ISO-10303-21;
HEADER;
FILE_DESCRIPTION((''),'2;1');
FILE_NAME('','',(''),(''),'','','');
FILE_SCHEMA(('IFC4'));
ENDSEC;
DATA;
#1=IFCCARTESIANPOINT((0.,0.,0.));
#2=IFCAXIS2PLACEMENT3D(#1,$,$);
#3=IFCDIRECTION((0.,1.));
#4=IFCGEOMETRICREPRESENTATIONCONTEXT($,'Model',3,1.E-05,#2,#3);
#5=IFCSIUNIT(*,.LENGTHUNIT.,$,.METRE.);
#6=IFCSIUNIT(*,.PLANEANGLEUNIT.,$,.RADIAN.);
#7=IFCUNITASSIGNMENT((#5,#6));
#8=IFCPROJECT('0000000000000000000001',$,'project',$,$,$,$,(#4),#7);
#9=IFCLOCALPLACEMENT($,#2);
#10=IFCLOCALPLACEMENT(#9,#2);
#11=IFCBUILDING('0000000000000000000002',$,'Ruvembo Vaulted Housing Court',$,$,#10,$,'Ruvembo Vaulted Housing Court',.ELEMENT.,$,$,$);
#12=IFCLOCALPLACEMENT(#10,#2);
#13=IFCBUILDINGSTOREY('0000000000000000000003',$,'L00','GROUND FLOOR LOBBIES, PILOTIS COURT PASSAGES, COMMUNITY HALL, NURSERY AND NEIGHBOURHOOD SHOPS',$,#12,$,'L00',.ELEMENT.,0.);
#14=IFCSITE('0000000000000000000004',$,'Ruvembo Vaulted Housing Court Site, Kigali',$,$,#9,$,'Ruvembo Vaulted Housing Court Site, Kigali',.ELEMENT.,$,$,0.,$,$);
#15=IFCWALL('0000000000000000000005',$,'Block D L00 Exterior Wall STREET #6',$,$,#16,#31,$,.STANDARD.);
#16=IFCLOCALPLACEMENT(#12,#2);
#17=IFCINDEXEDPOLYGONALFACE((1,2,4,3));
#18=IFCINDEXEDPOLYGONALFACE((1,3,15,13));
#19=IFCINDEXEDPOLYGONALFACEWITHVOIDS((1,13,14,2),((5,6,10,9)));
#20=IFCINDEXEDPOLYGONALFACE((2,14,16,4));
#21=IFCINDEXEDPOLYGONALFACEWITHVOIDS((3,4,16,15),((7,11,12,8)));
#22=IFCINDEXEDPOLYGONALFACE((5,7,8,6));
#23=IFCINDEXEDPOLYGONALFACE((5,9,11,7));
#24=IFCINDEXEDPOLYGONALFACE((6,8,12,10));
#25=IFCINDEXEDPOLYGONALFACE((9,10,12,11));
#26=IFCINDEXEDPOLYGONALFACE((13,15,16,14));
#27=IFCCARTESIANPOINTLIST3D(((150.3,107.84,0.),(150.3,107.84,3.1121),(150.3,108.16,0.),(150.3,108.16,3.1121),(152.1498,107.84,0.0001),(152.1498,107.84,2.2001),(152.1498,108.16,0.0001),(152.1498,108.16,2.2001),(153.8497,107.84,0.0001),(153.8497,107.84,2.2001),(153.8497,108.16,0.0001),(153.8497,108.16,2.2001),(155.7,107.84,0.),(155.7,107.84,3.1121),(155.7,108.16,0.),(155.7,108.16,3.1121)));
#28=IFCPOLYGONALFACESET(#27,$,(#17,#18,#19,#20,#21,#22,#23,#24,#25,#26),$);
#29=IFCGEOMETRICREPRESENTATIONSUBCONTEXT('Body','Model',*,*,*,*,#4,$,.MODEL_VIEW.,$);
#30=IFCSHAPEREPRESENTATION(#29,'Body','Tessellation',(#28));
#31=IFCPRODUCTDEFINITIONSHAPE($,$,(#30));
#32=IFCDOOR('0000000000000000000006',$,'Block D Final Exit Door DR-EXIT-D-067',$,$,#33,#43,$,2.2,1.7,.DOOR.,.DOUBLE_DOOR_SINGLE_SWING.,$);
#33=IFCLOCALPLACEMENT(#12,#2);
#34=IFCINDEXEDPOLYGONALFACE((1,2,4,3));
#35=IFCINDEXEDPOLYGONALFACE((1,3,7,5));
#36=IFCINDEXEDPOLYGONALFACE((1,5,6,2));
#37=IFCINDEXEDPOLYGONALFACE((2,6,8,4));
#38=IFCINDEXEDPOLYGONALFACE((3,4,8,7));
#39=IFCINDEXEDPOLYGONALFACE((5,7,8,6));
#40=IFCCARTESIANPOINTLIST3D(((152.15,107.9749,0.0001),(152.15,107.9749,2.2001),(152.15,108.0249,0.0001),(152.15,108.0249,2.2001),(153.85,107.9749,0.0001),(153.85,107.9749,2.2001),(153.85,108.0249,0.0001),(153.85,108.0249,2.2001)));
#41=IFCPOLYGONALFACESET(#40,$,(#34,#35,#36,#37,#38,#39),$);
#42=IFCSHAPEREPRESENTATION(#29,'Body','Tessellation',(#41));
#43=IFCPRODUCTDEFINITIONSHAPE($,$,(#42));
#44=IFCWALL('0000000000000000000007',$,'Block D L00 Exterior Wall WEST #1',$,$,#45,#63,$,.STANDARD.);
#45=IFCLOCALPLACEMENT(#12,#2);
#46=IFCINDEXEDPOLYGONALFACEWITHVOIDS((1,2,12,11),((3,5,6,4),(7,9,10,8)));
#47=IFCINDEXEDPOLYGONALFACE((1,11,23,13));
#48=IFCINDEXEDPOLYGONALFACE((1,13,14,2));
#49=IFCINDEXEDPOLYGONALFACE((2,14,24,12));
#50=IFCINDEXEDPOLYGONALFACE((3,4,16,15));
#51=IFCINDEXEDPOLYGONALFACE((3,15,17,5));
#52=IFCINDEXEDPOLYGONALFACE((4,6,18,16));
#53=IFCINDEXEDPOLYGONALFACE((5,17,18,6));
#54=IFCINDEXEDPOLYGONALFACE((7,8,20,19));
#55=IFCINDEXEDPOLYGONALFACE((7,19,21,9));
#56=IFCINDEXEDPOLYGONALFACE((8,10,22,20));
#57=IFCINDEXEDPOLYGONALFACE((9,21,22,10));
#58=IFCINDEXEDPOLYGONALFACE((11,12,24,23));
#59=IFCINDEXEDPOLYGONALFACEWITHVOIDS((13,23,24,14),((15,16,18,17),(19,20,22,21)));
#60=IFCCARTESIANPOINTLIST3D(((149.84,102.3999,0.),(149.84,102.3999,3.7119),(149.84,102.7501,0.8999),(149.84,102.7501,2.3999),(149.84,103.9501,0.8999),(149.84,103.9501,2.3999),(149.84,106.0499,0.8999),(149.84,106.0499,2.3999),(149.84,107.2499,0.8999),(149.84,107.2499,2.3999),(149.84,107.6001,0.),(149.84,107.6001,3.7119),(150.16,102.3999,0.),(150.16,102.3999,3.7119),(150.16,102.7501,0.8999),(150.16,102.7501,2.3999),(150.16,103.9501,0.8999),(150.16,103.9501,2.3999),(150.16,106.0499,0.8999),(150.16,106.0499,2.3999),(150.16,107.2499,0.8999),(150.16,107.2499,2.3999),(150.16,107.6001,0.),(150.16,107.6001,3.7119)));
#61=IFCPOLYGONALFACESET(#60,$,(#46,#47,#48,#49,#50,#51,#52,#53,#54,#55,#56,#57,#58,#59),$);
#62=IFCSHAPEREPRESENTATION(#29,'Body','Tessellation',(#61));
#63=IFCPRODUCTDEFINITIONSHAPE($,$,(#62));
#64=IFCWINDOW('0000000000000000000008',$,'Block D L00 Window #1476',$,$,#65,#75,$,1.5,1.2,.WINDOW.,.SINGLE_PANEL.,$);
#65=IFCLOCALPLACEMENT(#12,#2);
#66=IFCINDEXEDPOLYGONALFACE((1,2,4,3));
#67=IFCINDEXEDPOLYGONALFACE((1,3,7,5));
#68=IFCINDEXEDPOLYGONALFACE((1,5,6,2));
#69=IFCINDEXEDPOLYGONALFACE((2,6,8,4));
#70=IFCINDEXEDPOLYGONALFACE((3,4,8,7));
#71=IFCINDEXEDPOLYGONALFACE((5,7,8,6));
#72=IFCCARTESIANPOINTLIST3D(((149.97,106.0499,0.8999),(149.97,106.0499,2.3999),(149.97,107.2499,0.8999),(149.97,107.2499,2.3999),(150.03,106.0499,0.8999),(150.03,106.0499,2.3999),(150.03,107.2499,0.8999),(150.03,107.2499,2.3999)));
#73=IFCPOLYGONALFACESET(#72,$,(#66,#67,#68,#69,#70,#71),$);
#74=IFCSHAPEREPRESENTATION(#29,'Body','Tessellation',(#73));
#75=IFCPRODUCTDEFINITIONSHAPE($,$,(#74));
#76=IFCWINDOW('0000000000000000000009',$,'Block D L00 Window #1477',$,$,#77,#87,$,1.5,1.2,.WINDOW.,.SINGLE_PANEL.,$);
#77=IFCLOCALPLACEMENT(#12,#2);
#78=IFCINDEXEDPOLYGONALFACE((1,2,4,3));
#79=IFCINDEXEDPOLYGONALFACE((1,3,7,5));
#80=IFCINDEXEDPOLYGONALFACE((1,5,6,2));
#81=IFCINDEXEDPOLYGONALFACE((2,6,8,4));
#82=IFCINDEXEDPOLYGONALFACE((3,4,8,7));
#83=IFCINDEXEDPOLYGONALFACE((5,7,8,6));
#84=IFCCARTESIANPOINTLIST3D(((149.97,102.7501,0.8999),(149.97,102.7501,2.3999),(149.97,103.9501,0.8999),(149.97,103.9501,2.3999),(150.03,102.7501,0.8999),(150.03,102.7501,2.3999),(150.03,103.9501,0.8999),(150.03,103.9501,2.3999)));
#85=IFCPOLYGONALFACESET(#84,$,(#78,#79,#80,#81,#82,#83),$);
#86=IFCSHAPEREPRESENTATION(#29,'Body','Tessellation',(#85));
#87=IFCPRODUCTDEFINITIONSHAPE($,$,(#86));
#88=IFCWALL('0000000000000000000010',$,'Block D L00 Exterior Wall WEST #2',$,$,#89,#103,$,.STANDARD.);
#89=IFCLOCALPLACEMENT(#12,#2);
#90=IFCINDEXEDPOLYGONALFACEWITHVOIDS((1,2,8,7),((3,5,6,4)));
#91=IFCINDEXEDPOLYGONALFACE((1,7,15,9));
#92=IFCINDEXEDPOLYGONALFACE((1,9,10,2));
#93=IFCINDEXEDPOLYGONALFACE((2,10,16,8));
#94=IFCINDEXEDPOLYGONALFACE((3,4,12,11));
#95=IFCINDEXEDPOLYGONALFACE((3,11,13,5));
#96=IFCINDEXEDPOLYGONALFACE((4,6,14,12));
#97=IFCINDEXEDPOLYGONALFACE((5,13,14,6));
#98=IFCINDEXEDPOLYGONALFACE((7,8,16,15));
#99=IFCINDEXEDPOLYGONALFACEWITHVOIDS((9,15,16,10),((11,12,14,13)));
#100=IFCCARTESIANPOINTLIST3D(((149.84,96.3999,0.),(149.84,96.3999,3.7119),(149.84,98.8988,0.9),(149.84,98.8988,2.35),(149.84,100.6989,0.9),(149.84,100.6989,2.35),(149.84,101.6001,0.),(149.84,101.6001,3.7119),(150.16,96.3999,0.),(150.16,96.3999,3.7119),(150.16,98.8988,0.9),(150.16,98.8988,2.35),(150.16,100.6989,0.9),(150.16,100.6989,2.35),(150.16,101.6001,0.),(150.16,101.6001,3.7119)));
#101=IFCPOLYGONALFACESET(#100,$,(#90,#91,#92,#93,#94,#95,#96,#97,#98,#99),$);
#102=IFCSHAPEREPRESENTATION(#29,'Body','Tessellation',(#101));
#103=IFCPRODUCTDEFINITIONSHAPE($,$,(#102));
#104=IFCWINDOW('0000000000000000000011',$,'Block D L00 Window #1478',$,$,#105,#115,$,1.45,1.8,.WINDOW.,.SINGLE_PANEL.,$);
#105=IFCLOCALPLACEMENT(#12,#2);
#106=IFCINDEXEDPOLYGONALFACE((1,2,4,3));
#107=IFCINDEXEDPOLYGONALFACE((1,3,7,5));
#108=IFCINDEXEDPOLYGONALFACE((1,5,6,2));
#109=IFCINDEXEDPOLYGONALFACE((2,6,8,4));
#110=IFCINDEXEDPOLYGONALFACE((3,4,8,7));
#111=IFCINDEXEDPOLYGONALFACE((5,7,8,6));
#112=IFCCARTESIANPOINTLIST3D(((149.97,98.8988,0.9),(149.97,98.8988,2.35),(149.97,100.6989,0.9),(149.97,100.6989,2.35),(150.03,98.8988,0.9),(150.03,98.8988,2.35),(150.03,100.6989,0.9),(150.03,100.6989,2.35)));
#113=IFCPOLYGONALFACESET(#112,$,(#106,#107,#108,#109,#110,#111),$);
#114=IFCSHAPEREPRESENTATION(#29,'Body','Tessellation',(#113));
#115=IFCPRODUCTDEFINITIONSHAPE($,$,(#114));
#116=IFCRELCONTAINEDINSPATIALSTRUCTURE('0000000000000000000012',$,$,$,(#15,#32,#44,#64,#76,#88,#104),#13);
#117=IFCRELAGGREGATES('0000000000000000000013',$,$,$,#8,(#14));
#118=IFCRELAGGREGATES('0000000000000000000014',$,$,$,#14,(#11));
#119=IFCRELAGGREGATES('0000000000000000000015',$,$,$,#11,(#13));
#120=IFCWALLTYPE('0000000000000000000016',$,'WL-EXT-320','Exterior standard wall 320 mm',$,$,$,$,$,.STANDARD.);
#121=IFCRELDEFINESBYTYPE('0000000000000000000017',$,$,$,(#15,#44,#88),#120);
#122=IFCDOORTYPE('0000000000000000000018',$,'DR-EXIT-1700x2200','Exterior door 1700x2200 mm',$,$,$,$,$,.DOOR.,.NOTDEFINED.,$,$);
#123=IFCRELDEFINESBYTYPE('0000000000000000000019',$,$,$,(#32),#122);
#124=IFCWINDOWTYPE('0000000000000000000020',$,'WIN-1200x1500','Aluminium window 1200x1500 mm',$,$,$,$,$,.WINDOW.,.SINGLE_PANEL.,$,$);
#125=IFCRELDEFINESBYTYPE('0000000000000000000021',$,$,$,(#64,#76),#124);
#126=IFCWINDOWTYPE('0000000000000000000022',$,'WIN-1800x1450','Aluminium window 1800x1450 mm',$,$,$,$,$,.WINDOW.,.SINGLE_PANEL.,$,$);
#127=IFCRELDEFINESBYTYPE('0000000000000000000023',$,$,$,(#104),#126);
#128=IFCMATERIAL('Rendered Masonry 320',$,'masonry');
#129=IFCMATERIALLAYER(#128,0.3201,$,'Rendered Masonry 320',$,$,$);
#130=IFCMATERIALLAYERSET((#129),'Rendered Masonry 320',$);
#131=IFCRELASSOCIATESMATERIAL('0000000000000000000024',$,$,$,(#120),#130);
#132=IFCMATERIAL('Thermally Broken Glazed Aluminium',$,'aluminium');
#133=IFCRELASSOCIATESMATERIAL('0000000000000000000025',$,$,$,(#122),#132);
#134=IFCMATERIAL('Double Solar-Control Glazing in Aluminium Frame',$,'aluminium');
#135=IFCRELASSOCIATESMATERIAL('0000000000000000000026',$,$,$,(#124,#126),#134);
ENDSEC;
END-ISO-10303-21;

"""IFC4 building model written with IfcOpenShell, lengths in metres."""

from ifc_helpers import new_model, si_unit, direction, frame, frame_2d, origin, place, context, subcontext, project, spatial, rectangle, extrude, material, layer, layer_set, type_object, element, fill, save


model = new_model("IFC4")

# Units and contexts
model_context = context("Model", 3, precision=1e-05, world=origin(), true_north=direction((0.0, 1.0)))
body_context = subcontext(model_context, "Body", "Model", "MODEL_VIEW")
ifc_project = project(units=[si_unit("LENGTHUNIT", "METRE"), si_unit("PLANEANGLEUNIT", "RADIAN")], contexts=[model_context])

# Site, building, storey
site_placement = place(None, origin())
site = spatial("IfcSite", under=ifc_project, at=site_placement, Name="Ruvembo Vaulted Housing Court Site, Kigali", LongName="Ruvembo Vaulted Housing Court Site, Kigali", CompositionType="ELEMENT", RefElevation=0.0)
building_placement = place(site_placement, origin())
building = spatial("IfcBuilding", under=site, at=building_placement, Name="Ruvembo Vaulted Housing Court", LongName="Ruvembo Vaulted Housing Court", CompositionType="ELEMENT")
storey_placement = place(building_placement, origin())
storey = spatial("IfcBuildingStorey", under=building, at=storey_placement, Name="L00", Description="GROUND FLOOR LOBBIES, PILOTIS COURT PASSAGES, COMMUNITY HALL, NURSERY AND NEIGHBOURHOOD SHOPS", LongName="L00", CompositionType="ELEMENT", Elevation=0.0)

# Wall, opening, door
ifc_material_1 = material(Name="Rendered Masonry 320", Category="masonry")
ifc_layer = layer(ifc_material_1, 0.3201, Name="Rendered Masonry 320")
ifc_layer_set = layer_set([ifc_layer], Name="Rendered Masonry 320")
wall_type = type_object("IfcWallType", Name="WL-EXT-320", Description="Exterior standard wall 320 mm", PredefinedType="STANDARD", material=ifc_layer_set)
wall_1_placement = place(storey_placement, frame((155.7, 108.0, 0.0), z_axis=(0.0, 0.0, 1.0), x_axis=(-1.0, 0.0, 0.0)))
wall_1 = element("IfcWall", 1, at=wall_1_placement, inside=storey, type_object=wall_type, Name="Block D L00 Exterior Wall STREET #6", PredefinedType="STANDARD", context=body_context, shape_type="SweptSolid", body=[
    extrude(rectangle(XDim=5.3999, YDim=0.3201, at=frame_2d((2.7, 0.0))), origin(), (0.0, 0.0, 1.0), 3.1121),
])
opening_1_placement = place(wall_1_placement, frame((1.8501, 0.0, 0.0)))
opening_1 = element("IfcOpeningElement", 2, at=opening_1_placement, cuts=wall_1, PredefinedType="OPENING", context=body_context, shape_type="SweptSolid", body=[
    extrude(rectangle(XDim=1.7, YDim=2.2, at=frame_2d((0.8501, 1.1001))), frame((0.0, 0.1699, 0.0), z_axis=(0.0, -1.0, 0.0), x_axis=(1.0, 0.0, 0.0)), (0.0, 0.0, 1.0), 0.3401),
])
ifc_material_2 = material(Name="Thermally Broken Glazed Aluminium", Category="aluminium")
door_type = type_object("IfcDoorType", Name="DR-EXIT-1700x2200", Description="Exterior door 1700x2200 mm", OperationType="NOTDEFINED", PredefinedType="DOOR", material=ifc_material_2)
door_placement = place(opening_1_placement, frame((1.7, 0.0, 0.0), z_axis=(0.0, 0.0, 1.0), x_axis=(-1.0, 0.0, 0.0)))
door = element("IfcDoor", 3, at=door_placement, inside=storey, type_object=door_type, Name="Block D Final Exit Door DR-EXIT-D-067", OperationType="DOUBLE_DOOR_SINGLE_SWING", OverallHeight=2.2, OverallWidth=1.7, PredefinedType="DOOR", context=body_context, shape_type="SweptSolid", body=[
    extrude(rectangle(XDim=1.7, YDim=2.2, at=frame_2d((0.8501, 1.1001))), frame((0.0, 0.0249, 0.0), z_axis=(0.0, -1.0, 0.0), x_axis=(1.0, 0.0, 0.0)), (0.0, 0.0, 1.0), 0.05),
])
fill(opening_1, door)

# Wall, openings, windows
wall_2_placement = place(storey_placement, frame((150.0, 107.6001, 0.0), z_axis=(0.0, 0.0, 1.0), x_axis=(0.0, -1.0, 0.0)))
wall_2 = element("IfcWall", 4, at=wall_2_placement, inside=storey, type_object=wall_type, Name="Block D L00 Exterior Wall WEST #1", PredefinedType="STANDARD", context=body_context, shape_type="SweptSolid", body=[
    extrude(rectangle(XDim=5.2002, YDim=0.3201, at=frame_2d((2.6001, 0.0))), origin(), (0.0, 0.0, 1.0), 3.7119),
])
opening_2_placement = place(wall_2_placement, frame((0.3501, 0.0, 0.8999)))
opening_2 = element("IfcOpeningElement", 5, at=opening_2_placement, cuts=wall_2, PredefinedType="OPENING", context=body_context, shape_type="SweptSolid", body=[
    extrude(rectangle(XDim=1.2, YDim=1.5, at=frame_2d((0.6001, 0.75))), frame((0.0, 0.1699, 0.0), z_axis=(0.0, -1.0, 0.0), x_axis=(1.0, 0.0, 0.0)), (0.0, 0.0, 1.0), 0.3401),
])
opening_3_placement = place(wall_2_placement, frame((3.6499, 0.0, 0.8999)))
opening_3 = element("IfcOpeningElement", 6, at=opening_3_placement, cuts=wall_2, PredefinedType="OPENING", context=body_context, shape_type="SweptSolid", body=[
    extrude(rectangle(XDim=1.2, YDim=1.5, at=frame_2d((0.6001, 0.75))), frame((0.0, 0.1699, 0.0), z_axis=(0.0, -1.0, 0.0), x_axis=(1.0, 0.0, 0.0)), (0.0, 0.0, 1.0), 0.3401),
])
ifc_material_3 = material(Name="Double Solar-Control Glazing in Aluminium Frame", Category="aluminium")
window_type_1 = type_object("IfcWindowType", Name="WIN-1200x1500", Description="Aluminium window 1200x1500 mm", PartitioningType="SINGLE_PANEL", PredefinedType="WINDOW", material=ifc_material_3)
window_1_placement = place(opening_2_placement, origin())
window_1 = element("IfcWindow", 7, at=window_1_placement, inside=storey, type_object=window_type_1, Name="Block D L00 Window #1476", OverallHeight=1.5, OverallWidth=1.2, PartitioningType="SINGLE_PANEL", PredefinedType="WINDOW", context=body_context, shape_type="SweptSolid", body=[
    extrude(rectangle(XDim=1.2, YDim=1.5, at=frame_2d((0.6001, 0.75))), frame((0.0, 0.03, 0.0), z_axis=(0.0, -1.0, 0.0), x_axis=(1.0, 0.0, 0.0)), (0.0, 0.0, 1.0), 0.0601),
])
fill(opening_2, window_1)
window_2_placement = place(opening_3_placement, origin())
window_2 = element("IfcWindow", 8, at=window_2_placement, inside=storey, type_object=window_type_1, Name="Block D L00 Window #1477", OverallHeight=1.5, OverallWidth=1.2, PartitioningType="SINGLE_PANEL", PredefinedType="WINDOW", context=body_context, shape_type="SweptSolid", body=[
    extrude(rectangle(XDim=1.2, YDim=1.5, at=frame_2d((0.6001, 0.75))), frame((0.0, 0.03, 0.0), z_axis=(0.0, -1.0, 0.0), x_axis=(1.0, 0.0, 0.0)), (0.0, 0.0, 1.0), 0.0601),
])
fill(opening_3, window_2)

# Wall, opening, window
wall_3_placement = place(storey_placement, frame((150.0, 101.6001, 0.0), z_axis=(0.0, 0.0, 1.0), x_axis=(0.0, -1.0, 0.0)))
wall_3 = element("IfcWall", 9, at=wall_3_placement, inside=storey, type_object=wall_type, Name="Block D L00 Exterior Wall WEST #2", PredefinedType="STANDARD", context=body_context, shape_type="SweptSolid", body=[
    extrude(rectangle(XDim=5.2002, YDim=0.3201, at=frame_2d((2.6001, 0.0))), origin(), (0.0, 0.0, 1.0), 3.7119),
])
opening_4_placement = place(wall_3_placement, frame((0.9014, 0.0, 0.8999)))
opening_4 = element("IfcOpeningElement", 10, at=opening_4_placement, cuts=wall_3, PredefinedType="OPENING", context=body_context, shape_type="SweptSolid", body=[
    extrude(rectangle(XDim=1.8, YDim=1.45, at=frame_2d((0.8999, 0.7251))), frame((0.0, 0.1699, 0.0), z_axis=(0.0, -1.0, 0.0), x_axis=(1.0, 0.0, 0.0)), (0.0, 0.0, 1.0), 0.3401),
])
window_type_2 = type_object("IfcWindowType", Name="WIN-1800x1450", Description="Aluminium window 1800x1450 mm", PartitioningType="SINGLE_PANEL", PredefinedType="WINDOW", material=ifc_material_3)
window_3_placement = place(opening_4_placement, origin())
window_3 = element("IfcWindow", 11, at=window_3_placement, inside=storey, type_object=window_type_2, Name="Block D L00 Window #1478", OverallHeight=1.45, OverallWidth=1.8, PartitioningType="SINGLE_PANEL", PredefinedType="WINDOW", context=body_context, shape_type="SweptSolid", body=[
    extrude(rectangle(XDim=1.8, YDim=1.45, at=frame_2d((0.8999, 0.7251))), frame((0.0, 0.03, 0.0), z_axis=(0.0, -1.0, 0.0), x_axis=(1.0, 0.0, 0.0)), (0.0, 0.0, 1.0), 0.0601),
])
fill(opening_4, window_3)

save(model, "model.ifc")
